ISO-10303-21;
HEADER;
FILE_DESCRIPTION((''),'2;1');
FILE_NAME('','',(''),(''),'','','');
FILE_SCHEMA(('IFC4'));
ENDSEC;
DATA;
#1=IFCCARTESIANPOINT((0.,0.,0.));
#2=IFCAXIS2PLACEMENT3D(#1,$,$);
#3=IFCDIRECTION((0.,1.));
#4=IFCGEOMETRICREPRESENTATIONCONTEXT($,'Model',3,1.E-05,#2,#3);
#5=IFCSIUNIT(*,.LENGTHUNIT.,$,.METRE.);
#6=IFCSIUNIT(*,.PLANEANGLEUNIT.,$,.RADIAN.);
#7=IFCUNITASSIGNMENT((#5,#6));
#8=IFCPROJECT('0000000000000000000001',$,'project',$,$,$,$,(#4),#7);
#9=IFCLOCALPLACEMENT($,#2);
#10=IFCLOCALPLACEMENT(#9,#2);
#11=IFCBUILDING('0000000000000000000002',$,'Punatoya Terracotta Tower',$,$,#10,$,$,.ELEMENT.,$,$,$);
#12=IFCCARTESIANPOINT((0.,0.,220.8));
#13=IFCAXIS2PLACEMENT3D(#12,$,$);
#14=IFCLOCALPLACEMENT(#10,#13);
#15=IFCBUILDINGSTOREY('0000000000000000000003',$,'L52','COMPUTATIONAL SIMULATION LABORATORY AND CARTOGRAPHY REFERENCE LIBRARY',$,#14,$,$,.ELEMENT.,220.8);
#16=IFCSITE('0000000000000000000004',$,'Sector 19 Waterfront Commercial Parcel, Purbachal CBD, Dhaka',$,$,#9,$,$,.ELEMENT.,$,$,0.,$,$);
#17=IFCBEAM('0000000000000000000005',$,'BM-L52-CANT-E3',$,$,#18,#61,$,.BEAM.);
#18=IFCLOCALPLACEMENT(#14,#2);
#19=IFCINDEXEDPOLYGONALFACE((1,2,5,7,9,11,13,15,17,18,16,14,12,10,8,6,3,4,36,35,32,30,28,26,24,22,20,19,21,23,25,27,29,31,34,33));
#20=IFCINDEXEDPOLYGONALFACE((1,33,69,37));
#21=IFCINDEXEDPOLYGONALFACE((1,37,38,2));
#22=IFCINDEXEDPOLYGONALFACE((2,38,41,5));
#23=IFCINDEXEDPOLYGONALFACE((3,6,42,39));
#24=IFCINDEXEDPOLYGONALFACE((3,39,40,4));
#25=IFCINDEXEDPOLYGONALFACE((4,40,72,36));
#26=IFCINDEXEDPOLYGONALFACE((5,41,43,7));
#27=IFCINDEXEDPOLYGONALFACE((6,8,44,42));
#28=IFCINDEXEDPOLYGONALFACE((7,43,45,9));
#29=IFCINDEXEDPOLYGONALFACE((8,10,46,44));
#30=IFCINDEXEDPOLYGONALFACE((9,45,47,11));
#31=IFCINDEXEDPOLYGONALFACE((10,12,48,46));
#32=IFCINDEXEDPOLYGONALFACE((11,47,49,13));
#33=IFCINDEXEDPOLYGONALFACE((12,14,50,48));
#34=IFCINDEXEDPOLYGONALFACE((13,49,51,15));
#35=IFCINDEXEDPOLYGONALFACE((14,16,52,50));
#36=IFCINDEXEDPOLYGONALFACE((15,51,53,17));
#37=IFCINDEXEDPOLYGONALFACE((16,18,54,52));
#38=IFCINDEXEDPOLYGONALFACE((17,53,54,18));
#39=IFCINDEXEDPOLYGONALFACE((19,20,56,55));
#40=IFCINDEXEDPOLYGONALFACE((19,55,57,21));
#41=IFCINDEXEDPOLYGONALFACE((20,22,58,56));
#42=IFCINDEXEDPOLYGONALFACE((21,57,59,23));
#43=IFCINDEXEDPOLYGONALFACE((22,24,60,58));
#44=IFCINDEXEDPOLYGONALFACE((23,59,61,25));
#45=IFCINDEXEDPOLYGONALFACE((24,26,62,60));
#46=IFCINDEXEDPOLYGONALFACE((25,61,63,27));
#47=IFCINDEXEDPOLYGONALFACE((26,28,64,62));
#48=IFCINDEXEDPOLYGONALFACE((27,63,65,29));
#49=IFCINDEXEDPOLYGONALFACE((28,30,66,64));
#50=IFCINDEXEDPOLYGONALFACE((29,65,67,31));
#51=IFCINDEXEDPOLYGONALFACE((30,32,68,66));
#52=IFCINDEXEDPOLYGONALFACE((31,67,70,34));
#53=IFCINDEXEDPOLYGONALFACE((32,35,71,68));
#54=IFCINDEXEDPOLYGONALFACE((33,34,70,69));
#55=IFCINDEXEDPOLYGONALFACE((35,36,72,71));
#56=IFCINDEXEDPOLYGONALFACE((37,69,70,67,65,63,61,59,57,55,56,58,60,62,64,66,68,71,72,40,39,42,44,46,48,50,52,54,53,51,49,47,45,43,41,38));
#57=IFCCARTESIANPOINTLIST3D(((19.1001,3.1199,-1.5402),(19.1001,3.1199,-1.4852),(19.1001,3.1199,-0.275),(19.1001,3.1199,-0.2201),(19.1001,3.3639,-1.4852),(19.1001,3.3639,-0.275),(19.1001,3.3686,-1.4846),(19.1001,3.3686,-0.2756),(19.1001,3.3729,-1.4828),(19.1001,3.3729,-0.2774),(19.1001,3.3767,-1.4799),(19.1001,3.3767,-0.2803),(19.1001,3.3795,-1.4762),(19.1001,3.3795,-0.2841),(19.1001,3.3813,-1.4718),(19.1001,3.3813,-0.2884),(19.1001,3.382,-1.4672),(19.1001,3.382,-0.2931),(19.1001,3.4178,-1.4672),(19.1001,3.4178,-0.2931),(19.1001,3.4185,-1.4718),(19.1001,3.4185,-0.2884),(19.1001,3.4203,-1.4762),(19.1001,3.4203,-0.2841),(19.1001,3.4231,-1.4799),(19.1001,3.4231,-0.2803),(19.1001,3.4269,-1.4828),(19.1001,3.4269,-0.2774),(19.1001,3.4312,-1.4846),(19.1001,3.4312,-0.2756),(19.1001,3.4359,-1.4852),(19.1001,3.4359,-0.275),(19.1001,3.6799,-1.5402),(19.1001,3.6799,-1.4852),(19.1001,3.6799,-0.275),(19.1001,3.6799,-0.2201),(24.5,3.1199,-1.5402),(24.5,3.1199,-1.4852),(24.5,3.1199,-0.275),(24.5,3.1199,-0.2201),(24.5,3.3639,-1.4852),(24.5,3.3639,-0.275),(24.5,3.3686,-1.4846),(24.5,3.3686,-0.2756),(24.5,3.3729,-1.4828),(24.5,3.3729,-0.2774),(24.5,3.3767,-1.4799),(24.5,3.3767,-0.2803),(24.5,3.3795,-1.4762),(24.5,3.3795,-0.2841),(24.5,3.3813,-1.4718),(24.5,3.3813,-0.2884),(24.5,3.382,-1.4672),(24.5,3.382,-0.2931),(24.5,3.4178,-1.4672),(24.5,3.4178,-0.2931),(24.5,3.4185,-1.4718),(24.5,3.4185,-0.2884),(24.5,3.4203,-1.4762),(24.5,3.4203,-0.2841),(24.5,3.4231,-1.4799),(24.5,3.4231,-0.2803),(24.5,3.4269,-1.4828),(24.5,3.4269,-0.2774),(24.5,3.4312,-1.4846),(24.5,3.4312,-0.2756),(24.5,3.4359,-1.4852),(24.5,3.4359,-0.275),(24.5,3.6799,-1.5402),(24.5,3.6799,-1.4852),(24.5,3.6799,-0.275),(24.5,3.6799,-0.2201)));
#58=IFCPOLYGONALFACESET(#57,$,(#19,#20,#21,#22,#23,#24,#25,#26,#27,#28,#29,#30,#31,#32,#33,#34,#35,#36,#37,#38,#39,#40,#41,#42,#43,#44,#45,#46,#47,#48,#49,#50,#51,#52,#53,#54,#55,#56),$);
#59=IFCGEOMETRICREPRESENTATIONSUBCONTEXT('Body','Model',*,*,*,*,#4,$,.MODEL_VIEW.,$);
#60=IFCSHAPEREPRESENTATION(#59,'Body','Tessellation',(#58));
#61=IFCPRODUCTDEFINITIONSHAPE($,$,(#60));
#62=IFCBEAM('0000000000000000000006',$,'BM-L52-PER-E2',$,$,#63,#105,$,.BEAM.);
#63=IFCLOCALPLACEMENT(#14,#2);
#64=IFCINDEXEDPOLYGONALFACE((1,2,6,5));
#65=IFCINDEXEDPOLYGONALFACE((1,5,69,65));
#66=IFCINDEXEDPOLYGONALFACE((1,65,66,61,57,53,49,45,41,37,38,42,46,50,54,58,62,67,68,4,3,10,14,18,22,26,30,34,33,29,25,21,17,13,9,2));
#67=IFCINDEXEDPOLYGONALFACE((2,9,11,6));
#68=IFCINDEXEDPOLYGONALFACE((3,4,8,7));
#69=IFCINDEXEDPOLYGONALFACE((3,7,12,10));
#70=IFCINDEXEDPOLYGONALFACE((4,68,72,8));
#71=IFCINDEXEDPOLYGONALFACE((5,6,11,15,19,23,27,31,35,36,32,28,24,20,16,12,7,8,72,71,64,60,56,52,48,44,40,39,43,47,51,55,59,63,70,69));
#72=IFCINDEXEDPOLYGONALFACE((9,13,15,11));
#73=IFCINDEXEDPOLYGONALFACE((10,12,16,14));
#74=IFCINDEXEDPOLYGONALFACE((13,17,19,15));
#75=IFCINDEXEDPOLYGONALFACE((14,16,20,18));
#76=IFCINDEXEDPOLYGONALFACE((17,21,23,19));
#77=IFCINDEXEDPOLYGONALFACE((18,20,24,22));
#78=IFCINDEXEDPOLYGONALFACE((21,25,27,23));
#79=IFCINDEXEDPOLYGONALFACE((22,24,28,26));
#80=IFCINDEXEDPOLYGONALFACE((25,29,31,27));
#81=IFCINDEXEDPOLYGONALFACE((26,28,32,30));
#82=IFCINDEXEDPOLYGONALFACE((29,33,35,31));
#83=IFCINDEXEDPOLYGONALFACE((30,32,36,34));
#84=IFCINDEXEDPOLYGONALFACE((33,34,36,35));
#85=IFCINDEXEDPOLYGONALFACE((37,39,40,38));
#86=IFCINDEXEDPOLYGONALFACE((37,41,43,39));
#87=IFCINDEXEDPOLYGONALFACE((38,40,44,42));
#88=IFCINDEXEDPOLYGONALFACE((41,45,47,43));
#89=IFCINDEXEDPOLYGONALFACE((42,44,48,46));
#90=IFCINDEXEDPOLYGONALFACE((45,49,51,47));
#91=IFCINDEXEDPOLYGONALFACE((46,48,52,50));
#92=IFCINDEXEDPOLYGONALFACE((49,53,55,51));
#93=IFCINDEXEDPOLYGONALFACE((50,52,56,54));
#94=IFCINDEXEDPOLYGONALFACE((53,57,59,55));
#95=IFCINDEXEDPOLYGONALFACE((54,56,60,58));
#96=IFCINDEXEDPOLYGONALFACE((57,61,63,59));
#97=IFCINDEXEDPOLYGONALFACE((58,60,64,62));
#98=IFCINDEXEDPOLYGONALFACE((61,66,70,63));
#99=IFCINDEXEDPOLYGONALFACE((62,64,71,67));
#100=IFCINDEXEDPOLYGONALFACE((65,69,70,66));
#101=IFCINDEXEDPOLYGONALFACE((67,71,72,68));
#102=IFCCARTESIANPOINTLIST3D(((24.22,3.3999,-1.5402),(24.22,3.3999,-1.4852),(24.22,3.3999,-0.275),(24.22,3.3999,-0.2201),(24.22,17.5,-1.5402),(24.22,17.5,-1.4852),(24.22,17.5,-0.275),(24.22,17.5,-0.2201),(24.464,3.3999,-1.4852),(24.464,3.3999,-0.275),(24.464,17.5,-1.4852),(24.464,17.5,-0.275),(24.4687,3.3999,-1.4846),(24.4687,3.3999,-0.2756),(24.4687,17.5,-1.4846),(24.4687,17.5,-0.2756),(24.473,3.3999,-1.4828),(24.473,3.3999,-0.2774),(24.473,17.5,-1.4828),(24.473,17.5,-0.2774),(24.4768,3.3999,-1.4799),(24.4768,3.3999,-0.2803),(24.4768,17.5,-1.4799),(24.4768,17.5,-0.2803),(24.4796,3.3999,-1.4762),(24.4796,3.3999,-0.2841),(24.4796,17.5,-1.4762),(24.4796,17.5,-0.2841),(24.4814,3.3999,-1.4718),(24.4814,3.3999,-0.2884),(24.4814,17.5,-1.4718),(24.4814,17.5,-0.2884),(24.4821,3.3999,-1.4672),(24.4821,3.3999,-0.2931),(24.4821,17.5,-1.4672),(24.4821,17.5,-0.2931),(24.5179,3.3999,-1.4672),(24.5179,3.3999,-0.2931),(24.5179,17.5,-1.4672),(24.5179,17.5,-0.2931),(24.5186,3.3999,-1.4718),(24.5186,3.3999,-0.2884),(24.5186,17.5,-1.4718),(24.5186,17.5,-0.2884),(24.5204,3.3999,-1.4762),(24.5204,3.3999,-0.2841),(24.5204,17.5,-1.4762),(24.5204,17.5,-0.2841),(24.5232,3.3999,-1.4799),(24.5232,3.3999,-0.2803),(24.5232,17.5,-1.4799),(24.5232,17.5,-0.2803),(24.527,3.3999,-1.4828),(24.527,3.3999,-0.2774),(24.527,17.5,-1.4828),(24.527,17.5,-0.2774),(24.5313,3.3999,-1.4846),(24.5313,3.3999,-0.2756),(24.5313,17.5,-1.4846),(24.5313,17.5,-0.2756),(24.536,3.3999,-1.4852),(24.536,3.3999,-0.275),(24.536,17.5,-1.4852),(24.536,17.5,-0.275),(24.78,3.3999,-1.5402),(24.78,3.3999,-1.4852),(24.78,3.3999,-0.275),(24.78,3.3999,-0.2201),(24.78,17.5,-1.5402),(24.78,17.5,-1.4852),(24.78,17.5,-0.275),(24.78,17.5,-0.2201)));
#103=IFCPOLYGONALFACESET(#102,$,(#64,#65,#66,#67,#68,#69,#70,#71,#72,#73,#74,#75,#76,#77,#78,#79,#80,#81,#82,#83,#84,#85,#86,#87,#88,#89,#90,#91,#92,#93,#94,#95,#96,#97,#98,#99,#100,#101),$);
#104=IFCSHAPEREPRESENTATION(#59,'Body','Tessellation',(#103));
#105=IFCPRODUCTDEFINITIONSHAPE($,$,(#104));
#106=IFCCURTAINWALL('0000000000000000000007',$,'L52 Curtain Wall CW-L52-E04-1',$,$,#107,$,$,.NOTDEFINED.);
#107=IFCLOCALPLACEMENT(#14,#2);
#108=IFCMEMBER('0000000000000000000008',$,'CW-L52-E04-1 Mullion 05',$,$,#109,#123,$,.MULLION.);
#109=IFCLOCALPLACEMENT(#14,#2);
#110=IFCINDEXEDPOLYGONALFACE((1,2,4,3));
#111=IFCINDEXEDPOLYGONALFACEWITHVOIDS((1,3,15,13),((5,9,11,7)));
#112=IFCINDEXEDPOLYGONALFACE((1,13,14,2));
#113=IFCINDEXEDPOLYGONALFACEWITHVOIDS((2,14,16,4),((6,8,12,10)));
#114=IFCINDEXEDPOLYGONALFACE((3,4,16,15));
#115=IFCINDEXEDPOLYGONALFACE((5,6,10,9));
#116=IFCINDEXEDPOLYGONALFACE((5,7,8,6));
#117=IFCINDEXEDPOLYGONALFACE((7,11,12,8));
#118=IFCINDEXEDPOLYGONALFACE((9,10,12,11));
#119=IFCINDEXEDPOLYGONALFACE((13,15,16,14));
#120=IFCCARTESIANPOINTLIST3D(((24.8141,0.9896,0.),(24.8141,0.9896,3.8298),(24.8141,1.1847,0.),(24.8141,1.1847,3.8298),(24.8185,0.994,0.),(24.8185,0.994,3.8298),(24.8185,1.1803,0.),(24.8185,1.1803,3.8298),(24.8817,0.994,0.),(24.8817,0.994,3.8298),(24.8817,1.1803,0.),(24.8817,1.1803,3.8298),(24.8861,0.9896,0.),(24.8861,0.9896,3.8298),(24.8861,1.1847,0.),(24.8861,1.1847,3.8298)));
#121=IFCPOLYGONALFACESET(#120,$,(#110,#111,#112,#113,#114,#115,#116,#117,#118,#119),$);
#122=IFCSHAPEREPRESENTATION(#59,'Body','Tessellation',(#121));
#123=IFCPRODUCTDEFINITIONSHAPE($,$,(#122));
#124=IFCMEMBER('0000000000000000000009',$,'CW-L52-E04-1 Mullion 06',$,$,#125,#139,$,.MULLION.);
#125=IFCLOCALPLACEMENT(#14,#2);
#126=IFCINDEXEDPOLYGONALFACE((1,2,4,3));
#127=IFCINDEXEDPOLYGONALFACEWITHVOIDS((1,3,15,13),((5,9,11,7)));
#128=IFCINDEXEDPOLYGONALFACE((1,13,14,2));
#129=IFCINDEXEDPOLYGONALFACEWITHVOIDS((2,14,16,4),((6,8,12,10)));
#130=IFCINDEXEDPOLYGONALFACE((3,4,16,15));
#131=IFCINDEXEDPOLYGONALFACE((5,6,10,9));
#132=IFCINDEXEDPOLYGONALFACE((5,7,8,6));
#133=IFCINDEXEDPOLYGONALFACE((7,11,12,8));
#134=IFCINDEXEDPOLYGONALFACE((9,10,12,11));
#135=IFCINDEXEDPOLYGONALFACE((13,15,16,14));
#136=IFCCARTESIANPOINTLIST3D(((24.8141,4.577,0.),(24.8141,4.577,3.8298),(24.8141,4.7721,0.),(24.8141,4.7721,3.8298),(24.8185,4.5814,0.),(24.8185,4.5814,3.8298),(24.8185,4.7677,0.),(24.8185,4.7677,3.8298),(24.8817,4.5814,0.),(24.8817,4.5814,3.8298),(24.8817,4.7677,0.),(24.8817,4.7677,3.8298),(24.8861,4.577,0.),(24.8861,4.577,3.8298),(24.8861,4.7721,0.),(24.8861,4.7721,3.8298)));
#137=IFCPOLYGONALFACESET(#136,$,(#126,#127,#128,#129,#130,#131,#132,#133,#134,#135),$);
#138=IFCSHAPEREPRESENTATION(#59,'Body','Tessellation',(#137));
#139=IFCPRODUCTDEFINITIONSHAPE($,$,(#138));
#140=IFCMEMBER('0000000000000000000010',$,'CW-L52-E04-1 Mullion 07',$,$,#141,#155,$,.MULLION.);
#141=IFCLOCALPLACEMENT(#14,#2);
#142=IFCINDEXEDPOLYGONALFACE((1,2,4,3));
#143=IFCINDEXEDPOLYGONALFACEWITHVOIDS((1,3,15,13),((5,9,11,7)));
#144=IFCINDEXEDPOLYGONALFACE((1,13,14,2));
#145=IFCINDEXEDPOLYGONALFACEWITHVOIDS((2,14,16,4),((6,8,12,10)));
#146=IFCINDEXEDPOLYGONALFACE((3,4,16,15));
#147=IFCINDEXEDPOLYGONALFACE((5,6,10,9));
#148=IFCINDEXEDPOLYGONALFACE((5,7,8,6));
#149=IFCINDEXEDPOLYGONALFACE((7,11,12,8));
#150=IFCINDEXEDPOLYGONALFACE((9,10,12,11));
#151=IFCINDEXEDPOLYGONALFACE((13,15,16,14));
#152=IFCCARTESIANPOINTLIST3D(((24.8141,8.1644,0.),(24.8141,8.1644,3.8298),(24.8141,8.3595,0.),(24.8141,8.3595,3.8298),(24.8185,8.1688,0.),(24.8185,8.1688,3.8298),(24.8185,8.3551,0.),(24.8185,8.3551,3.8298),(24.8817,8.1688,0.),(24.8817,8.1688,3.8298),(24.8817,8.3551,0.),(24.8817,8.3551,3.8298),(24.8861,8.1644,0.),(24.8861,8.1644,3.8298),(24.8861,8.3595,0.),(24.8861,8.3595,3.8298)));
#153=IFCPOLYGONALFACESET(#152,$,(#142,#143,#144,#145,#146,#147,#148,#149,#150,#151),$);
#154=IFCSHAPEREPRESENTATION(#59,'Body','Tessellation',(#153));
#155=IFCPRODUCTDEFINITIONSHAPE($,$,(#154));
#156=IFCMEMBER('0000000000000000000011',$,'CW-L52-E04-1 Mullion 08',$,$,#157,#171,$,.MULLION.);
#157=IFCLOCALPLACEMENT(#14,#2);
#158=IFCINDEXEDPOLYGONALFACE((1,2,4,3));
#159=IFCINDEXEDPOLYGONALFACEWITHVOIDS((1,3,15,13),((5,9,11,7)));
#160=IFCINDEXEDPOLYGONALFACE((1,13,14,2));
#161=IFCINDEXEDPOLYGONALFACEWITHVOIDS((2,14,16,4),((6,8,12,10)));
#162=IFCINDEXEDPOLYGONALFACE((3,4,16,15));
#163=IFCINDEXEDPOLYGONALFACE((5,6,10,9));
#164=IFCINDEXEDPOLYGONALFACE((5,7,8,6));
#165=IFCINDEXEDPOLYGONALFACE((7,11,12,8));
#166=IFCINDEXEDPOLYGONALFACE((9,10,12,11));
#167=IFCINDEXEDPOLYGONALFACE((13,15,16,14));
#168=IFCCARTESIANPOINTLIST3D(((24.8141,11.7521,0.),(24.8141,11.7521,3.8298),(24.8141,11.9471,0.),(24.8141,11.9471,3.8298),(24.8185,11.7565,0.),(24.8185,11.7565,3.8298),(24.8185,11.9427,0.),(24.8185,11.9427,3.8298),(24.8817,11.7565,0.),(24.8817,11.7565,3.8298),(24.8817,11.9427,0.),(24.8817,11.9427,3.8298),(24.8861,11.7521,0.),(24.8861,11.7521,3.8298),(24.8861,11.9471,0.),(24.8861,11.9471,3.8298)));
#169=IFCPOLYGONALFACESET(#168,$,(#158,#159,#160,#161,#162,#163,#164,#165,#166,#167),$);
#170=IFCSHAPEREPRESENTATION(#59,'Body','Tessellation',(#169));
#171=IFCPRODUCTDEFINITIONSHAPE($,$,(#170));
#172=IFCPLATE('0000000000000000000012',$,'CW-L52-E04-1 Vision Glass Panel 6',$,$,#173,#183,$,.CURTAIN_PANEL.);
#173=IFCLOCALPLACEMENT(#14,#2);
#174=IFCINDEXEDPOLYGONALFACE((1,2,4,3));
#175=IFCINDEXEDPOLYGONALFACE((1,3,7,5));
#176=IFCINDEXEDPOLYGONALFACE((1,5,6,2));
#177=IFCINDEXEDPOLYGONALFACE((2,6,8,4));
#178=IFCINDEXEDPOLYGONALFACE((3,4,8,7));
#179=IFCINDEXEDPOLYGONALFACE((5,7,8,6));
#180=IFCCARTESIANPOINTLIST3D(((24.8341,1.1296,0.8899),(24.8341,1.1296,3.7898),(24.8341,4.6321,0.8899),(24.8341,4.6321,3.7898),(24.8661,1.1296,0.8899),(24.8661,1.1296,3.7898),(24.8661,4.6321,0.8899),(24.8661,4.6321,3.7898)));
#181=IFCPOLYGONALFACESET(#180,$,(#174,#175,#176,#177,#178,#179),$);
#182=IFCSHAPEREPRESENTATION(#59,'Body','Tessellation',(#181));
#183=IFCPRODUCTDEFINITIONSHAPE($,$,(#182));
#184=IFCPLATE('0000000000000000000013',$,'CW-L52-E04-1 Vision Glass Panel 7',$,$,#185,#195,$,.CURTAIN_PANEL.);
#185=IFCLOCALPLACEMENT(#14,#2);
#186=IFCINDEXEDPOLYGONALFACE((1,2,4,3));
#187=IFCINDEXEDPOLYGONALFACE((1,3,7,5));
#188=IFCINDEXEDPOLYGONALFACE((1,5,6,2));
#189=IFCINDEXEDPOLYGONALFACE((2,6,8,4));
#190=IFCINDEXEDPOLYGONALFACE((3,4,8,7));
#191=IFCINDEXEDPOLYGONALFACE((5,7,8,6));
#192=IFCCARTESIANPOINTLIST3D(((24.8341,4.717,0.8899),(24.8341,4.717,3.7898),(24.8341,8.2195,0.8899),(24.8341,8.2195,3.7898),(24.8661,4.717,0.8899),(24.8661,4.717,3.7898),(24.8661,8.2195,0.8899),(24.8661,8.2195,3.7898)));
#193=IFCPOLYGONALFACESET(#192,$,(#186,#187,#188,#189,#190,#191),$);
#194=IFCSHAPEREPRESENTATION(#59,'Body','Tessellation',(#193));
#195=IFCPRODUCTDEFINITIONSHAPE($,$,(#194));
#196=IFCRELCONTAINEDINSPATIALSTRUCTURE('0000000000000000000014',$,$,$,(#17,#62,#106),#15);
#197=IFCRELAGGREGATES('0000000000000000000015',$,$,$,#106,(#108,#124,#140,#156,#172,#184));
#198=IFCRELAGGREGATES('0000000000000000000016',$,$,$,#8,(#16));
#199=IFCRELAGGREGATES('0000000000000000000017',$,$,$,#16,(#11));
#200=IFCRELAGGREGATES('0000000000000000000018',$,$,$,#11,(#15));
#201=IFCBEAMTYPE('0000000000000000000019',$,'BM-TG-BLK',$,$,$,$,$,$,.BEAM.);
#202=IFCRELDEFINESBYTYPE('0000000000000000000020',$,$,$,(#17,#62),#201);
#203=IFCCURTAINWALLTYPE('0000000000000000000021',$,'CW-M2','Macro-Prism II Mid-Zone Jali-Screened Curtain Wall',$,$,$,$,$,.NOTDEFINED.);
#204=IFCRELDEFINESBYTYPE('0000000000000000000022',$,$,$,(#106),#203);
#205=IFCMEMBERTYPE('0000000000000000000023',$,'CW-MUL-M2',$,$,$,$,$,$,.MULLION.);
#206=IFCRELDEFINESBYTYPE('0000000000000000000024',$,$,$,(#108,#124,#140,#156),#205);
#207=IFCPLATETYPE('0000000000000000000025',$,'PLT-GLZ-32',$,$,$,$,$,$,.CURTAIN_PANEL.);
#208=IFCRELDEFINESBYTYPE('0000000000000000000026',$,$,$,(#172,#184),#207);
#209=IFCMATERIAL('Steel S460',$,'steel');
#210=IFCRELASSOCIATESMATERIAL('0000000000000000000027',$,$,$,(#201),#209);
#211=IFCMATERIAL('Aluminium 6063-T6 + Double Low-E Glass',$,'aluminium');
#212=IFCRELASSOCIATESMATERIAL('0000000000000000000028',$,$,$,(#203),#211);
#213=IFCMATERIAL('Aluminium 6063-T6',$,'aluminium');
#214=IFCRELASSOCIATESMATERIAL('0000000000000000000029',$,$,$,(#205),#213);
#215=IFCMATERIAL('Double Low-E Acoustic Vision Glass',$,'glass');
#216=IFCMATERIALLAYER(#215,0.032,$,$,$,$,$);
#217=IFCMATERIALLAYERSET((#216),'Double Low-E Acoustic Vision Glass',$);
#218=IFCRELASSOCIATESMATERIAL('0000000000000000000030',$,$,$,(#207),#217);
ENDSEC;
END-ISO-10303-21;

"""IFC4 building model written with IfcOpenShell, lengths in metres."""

from ifc_helpers import new_model, si_unit, direction, frame, origin, origin_2d, place, context, subcontext, project, spatial, rectangle, hollow_rectangle, i_section, extrude, material, layer, layer_set, material_profile, profile_set, type_object, element, aggregate, save


model = new_model("IFC4")

# Units and contexts
model_context = context("Model", 3, precision=1e-05, world=origin(), true_north=direction((0.0, 1.0)))
body_context = subcontext(model_context, "Body", "Model", "MODEL_VIEW")
ifc_project = project(units=[si_unit("LENGTHUNIT", "METRE"), si_unit("PLANEANGLEUNIT", "RADIAN")], contexts=[model_context])

# Site, building, storey
site_placement = place(None, origin())
site = spatial("IfcSite", under=ifc_project, at=site_placement, Name="Sector 19 Waterfront Commercial Parcel, Purbachal CBD, Dhaka", CompositionType="ELEMENT", RefElevation=0.0)
building_placement = place(site_placement, origin())
building = spatial("IfcBuilding", under=site, at=building_placement, Name="Punatoya Terracotta Tower", CompositionType="ELEMENT")
storey_placement = place(building_placement, frame((0.0, 0.0, 220.8)))
storey = spatial("IfcBuildingStorey", under=building, at=storey_placement, Name="L52", Description="COMPUTATIONAL SIMULATION LABORATORY AND CARTOGRAPHY REFERENCE LIBRARY", CompositionType="ELEMENT", Elevation=220.8)

# Shared definitions
ifc_material_1 = material(Name="Steel S460", Category="steel")

# Beams
ifc_material_profile_1 = material_profile(ifc_material_1, i_section(OverallWidth=0.5601, OverallDepth=1.3201, WebThickness=0.0359, FlangeThickness=0.0549, FilletRadius=0.0181, at=origin_2d()))
ifc_profile_set_1 = profile_set([ifc_material_profile_1], Name="Steel S460")
beam_type_1 = type_object("IfcBeamType", Name="BM-TG-BLK", PredefinedType="BEAM", material=ifc_profile_set_1)
beam_1_placement = place(storey_placement, frame((19.1001, 3.3999, -0.8801), z_axis=(1.0, 0.0, 0.0), x_axis=(0.0, 1.0, 0.0)))
element("IfcBeam", 1, at=beam_1_placement, inside=storey, type_object=beam_type_1, Name="BM-L52-CANT-E3", PredefinedType="BEAM", context=body_context, shape_type="SweptSolid", body=[
    extrude(i_section(OverallWidth=0.5601, OverallDepth=1.3201, WebThickness=0.0359, FlangeThickness=0.0549, FilletRadius=0.0181, at=origin_2d()), origin(), (0.0, 0.0, 1.0), 5.3999),
])
beam_2_placement = place(storey_placement, frame((24.5, 3.3999, -0.8801), z_axis=(0.0, 1.0, 0.0), x_axis=(-1.0, 0.0, 0.0)))
element("IfcBeam", 2, at=beam_2_placement, inside=storey, type_object=beam_type_1, Name="BM-L52-PER-E2", PredefinedType="BEAM", context=body_context, shape_type="SweptSolid", body=[
    extrude(i_section(OverallWidth=0.5601, OverallDepth=1.3201, WebThickness=0.0359, FlangeThickness=0.0549, FilletRadius=0.0181, at=origin_2d()), origin(), (0.0, 0.0, 1.0), 14.1001),
])

# Curtain wall, members, plates
ifc_material_2 = material(Name="Aluminium 6063-T6 + Double Low-E Glass", Category="aluminium")
curtain_wall_type = type_object("IfcCurtainWallType", Name="CW-M2", Description="Macro-Prism II Mid-Zone Jali-Screened Curtain Wall", PredefinedType="NOTDEFINED", material=ifc_material_2)
curtain_wall_placement = place(storey_placement, origin())
curtain_wall = element("IfcCurtainWall", 3, at=curtain_wall_placement, inside=storey, type_object=curtain_wall_type, Name="L52 Curtain Wall CW-L52-E04-1", PredefinedType="NOTDEFINED")
ifc_material_3 = material(Name="Aluminium 6063-T6", Category="aluminium")
ifc_material_profile_2 = material_profile(ifc_material_3, hollow_rectangle(XDim=0.072, YDim=0.1951, WallThickness=0.0044, at=origin_2d()))
ifc_profile_set_2 = profile_set([ifc_material_profile_2], Name="Aluminium 6063-T6")
member_type = type_object("IfcMemberType", Name="CW-MUL-M2", PredefinedType="MULLION", material=ifc_profile_set_2)
member_1_placement = place(storey_placement, frame((24.8501, 1.0872, 0.0), z_axis=(0.0, 0.0, 1.0), x_axis=(1.0, 0.0, 0.0)))
member_1 = element("IfcMember", 4, at=member_1_placement, type_object=member_type, Name="CW-L52-E04-1 Mullion 05", PredefinedType="MULLION", context=body_context, shape_type="SweptSolid", body=[
    extrude(hollow_rectangle(XDim=0.072, YDim=0.1951, WallThickness=0.0044, at=origin_2d()), origin(), (0.0, 0.0, 1.0), 3.8298),
])
member_2_placement = place(storey_placement, frame((24.8501, 4.6746, 0.0), z_axis=(0.0, 0.0, 1.0), x_axis=(1.0, 0.0, 0.0)))
member_2 = element("IfcMember", 5, at=member_2_placement, type_object=member_type, Name="CW-L52-E04-1 Mullion 06", PredefinedType="MULLION", context=body_context, shape_type="SweptSolid", body=[
    extrude(hollow_rectangle(XDim=0.072, YDim=0.1951, WallThickness=0.0044, at=origin_2d()), origin(), (0.0, 0.0, 1.0), 3.8298),
])
member_3_placement = place(storey_placement, frame((24.8501, 8.262, 0.0), z_axis=(0.0, 0.0, 1.0), x_axis=(1.0, 0.0, 0.0)))
member_3 = element("IfcMember", 6, at=member_3_placement, type_object=member_type, Name="CW-L52-E04-1 Mullion 07", PredefinedType="MULLION", context=body_context, shape_type="SweptSolid", body=[
    extrude(hollow_rectangle(XDim=0.072, YDim=0.1951, WallThickness=0.0044, at=origin_2d()), origin(), (0.0, 0.0, 1.0), 3.8298),
])
member_4_placement = place(storey_placement, frame((24.8501, 11.8496, 0.0), z_axis=(0.0, 0.0, 1.0), x_axis=(1.0, 0.0, 0.0)))
member_4 = element("IfcMember", 7, at=member_4_placement, type_object=member_type, Name="CW-L52-E04-1 Mullion 08", PredefinedType="MULLION", context=body_context, shape_type="SweptSolid", body=[
    extrude(hollow_rectangle(XDim=0.072, YDim=0.1951, WallThickness=0.0044, at=origin_2d()), origin(), (0.0, 0.0, 1.0), 3.8298),
])
ifc_material_4 = material(Name="Double Low-E Acoustic Vision Glass", Category="glass")
ifc_layer_1 = layer(ifc_material_4, 0.032)
ifc_layer_set_1 = layer_set([ifc_layer_1], Name="Double Low-E Acoustic Vision Glass")
plate_type_1 = type_object("IfcPlateType", Name="PLT-GLZ-32", PredefinedType="CURTAIN_PANEL", material=ifc_layer_set_1)
plate_1_placement = place(storey_placement, frame((24.8501, 2.8809, 0.8899), z_axis=(0.0, 0.0, 1.0), x_axis=(0.0, 1.0, 0.0)))
plate_1 = element("IfcPlate", 8, at=plate_1_placement, type_object=plate_type_1, Name="CW-L52-E04-1 Vision Glass Panel 6", PredefinedType="CURTAIN_PANEL", context=body_context, shape_type="SweptSolid", body=[
    extrude(rectangle(XDim=3.5024, YDim=0.032, at=origin_2d()), origin(), (0.0, 0.0, 1.0), 2.8999),
])
plate_2_placement = place(storey_placement, frame((24.8501, 6.4683, 0.8899), z_axis=(0.0, 0.0, 1.0), x_axis=(0.0, 1.0, 0.0)))
plate_2 = element("IfcPlate", 9, at=plate_2_placement, type_object=plate_type_1, Name="CW-L52-E04-1 Vision Glass Panel 7", PredefinedType="CURTAIN_PANEL", context=body_context, shape_type="SweptSolid", body=[
    extrude(rectangle(XDim=3.5024, YDim=0.032, at=origin_2d()), origin(), (0.0, 0.0, 1.0), 2.8999),
])
aggregate(curtain_wall, [member_1, member_2, member_3, member_4, plate_1, plate_2])

save(model, "model.ifc")
